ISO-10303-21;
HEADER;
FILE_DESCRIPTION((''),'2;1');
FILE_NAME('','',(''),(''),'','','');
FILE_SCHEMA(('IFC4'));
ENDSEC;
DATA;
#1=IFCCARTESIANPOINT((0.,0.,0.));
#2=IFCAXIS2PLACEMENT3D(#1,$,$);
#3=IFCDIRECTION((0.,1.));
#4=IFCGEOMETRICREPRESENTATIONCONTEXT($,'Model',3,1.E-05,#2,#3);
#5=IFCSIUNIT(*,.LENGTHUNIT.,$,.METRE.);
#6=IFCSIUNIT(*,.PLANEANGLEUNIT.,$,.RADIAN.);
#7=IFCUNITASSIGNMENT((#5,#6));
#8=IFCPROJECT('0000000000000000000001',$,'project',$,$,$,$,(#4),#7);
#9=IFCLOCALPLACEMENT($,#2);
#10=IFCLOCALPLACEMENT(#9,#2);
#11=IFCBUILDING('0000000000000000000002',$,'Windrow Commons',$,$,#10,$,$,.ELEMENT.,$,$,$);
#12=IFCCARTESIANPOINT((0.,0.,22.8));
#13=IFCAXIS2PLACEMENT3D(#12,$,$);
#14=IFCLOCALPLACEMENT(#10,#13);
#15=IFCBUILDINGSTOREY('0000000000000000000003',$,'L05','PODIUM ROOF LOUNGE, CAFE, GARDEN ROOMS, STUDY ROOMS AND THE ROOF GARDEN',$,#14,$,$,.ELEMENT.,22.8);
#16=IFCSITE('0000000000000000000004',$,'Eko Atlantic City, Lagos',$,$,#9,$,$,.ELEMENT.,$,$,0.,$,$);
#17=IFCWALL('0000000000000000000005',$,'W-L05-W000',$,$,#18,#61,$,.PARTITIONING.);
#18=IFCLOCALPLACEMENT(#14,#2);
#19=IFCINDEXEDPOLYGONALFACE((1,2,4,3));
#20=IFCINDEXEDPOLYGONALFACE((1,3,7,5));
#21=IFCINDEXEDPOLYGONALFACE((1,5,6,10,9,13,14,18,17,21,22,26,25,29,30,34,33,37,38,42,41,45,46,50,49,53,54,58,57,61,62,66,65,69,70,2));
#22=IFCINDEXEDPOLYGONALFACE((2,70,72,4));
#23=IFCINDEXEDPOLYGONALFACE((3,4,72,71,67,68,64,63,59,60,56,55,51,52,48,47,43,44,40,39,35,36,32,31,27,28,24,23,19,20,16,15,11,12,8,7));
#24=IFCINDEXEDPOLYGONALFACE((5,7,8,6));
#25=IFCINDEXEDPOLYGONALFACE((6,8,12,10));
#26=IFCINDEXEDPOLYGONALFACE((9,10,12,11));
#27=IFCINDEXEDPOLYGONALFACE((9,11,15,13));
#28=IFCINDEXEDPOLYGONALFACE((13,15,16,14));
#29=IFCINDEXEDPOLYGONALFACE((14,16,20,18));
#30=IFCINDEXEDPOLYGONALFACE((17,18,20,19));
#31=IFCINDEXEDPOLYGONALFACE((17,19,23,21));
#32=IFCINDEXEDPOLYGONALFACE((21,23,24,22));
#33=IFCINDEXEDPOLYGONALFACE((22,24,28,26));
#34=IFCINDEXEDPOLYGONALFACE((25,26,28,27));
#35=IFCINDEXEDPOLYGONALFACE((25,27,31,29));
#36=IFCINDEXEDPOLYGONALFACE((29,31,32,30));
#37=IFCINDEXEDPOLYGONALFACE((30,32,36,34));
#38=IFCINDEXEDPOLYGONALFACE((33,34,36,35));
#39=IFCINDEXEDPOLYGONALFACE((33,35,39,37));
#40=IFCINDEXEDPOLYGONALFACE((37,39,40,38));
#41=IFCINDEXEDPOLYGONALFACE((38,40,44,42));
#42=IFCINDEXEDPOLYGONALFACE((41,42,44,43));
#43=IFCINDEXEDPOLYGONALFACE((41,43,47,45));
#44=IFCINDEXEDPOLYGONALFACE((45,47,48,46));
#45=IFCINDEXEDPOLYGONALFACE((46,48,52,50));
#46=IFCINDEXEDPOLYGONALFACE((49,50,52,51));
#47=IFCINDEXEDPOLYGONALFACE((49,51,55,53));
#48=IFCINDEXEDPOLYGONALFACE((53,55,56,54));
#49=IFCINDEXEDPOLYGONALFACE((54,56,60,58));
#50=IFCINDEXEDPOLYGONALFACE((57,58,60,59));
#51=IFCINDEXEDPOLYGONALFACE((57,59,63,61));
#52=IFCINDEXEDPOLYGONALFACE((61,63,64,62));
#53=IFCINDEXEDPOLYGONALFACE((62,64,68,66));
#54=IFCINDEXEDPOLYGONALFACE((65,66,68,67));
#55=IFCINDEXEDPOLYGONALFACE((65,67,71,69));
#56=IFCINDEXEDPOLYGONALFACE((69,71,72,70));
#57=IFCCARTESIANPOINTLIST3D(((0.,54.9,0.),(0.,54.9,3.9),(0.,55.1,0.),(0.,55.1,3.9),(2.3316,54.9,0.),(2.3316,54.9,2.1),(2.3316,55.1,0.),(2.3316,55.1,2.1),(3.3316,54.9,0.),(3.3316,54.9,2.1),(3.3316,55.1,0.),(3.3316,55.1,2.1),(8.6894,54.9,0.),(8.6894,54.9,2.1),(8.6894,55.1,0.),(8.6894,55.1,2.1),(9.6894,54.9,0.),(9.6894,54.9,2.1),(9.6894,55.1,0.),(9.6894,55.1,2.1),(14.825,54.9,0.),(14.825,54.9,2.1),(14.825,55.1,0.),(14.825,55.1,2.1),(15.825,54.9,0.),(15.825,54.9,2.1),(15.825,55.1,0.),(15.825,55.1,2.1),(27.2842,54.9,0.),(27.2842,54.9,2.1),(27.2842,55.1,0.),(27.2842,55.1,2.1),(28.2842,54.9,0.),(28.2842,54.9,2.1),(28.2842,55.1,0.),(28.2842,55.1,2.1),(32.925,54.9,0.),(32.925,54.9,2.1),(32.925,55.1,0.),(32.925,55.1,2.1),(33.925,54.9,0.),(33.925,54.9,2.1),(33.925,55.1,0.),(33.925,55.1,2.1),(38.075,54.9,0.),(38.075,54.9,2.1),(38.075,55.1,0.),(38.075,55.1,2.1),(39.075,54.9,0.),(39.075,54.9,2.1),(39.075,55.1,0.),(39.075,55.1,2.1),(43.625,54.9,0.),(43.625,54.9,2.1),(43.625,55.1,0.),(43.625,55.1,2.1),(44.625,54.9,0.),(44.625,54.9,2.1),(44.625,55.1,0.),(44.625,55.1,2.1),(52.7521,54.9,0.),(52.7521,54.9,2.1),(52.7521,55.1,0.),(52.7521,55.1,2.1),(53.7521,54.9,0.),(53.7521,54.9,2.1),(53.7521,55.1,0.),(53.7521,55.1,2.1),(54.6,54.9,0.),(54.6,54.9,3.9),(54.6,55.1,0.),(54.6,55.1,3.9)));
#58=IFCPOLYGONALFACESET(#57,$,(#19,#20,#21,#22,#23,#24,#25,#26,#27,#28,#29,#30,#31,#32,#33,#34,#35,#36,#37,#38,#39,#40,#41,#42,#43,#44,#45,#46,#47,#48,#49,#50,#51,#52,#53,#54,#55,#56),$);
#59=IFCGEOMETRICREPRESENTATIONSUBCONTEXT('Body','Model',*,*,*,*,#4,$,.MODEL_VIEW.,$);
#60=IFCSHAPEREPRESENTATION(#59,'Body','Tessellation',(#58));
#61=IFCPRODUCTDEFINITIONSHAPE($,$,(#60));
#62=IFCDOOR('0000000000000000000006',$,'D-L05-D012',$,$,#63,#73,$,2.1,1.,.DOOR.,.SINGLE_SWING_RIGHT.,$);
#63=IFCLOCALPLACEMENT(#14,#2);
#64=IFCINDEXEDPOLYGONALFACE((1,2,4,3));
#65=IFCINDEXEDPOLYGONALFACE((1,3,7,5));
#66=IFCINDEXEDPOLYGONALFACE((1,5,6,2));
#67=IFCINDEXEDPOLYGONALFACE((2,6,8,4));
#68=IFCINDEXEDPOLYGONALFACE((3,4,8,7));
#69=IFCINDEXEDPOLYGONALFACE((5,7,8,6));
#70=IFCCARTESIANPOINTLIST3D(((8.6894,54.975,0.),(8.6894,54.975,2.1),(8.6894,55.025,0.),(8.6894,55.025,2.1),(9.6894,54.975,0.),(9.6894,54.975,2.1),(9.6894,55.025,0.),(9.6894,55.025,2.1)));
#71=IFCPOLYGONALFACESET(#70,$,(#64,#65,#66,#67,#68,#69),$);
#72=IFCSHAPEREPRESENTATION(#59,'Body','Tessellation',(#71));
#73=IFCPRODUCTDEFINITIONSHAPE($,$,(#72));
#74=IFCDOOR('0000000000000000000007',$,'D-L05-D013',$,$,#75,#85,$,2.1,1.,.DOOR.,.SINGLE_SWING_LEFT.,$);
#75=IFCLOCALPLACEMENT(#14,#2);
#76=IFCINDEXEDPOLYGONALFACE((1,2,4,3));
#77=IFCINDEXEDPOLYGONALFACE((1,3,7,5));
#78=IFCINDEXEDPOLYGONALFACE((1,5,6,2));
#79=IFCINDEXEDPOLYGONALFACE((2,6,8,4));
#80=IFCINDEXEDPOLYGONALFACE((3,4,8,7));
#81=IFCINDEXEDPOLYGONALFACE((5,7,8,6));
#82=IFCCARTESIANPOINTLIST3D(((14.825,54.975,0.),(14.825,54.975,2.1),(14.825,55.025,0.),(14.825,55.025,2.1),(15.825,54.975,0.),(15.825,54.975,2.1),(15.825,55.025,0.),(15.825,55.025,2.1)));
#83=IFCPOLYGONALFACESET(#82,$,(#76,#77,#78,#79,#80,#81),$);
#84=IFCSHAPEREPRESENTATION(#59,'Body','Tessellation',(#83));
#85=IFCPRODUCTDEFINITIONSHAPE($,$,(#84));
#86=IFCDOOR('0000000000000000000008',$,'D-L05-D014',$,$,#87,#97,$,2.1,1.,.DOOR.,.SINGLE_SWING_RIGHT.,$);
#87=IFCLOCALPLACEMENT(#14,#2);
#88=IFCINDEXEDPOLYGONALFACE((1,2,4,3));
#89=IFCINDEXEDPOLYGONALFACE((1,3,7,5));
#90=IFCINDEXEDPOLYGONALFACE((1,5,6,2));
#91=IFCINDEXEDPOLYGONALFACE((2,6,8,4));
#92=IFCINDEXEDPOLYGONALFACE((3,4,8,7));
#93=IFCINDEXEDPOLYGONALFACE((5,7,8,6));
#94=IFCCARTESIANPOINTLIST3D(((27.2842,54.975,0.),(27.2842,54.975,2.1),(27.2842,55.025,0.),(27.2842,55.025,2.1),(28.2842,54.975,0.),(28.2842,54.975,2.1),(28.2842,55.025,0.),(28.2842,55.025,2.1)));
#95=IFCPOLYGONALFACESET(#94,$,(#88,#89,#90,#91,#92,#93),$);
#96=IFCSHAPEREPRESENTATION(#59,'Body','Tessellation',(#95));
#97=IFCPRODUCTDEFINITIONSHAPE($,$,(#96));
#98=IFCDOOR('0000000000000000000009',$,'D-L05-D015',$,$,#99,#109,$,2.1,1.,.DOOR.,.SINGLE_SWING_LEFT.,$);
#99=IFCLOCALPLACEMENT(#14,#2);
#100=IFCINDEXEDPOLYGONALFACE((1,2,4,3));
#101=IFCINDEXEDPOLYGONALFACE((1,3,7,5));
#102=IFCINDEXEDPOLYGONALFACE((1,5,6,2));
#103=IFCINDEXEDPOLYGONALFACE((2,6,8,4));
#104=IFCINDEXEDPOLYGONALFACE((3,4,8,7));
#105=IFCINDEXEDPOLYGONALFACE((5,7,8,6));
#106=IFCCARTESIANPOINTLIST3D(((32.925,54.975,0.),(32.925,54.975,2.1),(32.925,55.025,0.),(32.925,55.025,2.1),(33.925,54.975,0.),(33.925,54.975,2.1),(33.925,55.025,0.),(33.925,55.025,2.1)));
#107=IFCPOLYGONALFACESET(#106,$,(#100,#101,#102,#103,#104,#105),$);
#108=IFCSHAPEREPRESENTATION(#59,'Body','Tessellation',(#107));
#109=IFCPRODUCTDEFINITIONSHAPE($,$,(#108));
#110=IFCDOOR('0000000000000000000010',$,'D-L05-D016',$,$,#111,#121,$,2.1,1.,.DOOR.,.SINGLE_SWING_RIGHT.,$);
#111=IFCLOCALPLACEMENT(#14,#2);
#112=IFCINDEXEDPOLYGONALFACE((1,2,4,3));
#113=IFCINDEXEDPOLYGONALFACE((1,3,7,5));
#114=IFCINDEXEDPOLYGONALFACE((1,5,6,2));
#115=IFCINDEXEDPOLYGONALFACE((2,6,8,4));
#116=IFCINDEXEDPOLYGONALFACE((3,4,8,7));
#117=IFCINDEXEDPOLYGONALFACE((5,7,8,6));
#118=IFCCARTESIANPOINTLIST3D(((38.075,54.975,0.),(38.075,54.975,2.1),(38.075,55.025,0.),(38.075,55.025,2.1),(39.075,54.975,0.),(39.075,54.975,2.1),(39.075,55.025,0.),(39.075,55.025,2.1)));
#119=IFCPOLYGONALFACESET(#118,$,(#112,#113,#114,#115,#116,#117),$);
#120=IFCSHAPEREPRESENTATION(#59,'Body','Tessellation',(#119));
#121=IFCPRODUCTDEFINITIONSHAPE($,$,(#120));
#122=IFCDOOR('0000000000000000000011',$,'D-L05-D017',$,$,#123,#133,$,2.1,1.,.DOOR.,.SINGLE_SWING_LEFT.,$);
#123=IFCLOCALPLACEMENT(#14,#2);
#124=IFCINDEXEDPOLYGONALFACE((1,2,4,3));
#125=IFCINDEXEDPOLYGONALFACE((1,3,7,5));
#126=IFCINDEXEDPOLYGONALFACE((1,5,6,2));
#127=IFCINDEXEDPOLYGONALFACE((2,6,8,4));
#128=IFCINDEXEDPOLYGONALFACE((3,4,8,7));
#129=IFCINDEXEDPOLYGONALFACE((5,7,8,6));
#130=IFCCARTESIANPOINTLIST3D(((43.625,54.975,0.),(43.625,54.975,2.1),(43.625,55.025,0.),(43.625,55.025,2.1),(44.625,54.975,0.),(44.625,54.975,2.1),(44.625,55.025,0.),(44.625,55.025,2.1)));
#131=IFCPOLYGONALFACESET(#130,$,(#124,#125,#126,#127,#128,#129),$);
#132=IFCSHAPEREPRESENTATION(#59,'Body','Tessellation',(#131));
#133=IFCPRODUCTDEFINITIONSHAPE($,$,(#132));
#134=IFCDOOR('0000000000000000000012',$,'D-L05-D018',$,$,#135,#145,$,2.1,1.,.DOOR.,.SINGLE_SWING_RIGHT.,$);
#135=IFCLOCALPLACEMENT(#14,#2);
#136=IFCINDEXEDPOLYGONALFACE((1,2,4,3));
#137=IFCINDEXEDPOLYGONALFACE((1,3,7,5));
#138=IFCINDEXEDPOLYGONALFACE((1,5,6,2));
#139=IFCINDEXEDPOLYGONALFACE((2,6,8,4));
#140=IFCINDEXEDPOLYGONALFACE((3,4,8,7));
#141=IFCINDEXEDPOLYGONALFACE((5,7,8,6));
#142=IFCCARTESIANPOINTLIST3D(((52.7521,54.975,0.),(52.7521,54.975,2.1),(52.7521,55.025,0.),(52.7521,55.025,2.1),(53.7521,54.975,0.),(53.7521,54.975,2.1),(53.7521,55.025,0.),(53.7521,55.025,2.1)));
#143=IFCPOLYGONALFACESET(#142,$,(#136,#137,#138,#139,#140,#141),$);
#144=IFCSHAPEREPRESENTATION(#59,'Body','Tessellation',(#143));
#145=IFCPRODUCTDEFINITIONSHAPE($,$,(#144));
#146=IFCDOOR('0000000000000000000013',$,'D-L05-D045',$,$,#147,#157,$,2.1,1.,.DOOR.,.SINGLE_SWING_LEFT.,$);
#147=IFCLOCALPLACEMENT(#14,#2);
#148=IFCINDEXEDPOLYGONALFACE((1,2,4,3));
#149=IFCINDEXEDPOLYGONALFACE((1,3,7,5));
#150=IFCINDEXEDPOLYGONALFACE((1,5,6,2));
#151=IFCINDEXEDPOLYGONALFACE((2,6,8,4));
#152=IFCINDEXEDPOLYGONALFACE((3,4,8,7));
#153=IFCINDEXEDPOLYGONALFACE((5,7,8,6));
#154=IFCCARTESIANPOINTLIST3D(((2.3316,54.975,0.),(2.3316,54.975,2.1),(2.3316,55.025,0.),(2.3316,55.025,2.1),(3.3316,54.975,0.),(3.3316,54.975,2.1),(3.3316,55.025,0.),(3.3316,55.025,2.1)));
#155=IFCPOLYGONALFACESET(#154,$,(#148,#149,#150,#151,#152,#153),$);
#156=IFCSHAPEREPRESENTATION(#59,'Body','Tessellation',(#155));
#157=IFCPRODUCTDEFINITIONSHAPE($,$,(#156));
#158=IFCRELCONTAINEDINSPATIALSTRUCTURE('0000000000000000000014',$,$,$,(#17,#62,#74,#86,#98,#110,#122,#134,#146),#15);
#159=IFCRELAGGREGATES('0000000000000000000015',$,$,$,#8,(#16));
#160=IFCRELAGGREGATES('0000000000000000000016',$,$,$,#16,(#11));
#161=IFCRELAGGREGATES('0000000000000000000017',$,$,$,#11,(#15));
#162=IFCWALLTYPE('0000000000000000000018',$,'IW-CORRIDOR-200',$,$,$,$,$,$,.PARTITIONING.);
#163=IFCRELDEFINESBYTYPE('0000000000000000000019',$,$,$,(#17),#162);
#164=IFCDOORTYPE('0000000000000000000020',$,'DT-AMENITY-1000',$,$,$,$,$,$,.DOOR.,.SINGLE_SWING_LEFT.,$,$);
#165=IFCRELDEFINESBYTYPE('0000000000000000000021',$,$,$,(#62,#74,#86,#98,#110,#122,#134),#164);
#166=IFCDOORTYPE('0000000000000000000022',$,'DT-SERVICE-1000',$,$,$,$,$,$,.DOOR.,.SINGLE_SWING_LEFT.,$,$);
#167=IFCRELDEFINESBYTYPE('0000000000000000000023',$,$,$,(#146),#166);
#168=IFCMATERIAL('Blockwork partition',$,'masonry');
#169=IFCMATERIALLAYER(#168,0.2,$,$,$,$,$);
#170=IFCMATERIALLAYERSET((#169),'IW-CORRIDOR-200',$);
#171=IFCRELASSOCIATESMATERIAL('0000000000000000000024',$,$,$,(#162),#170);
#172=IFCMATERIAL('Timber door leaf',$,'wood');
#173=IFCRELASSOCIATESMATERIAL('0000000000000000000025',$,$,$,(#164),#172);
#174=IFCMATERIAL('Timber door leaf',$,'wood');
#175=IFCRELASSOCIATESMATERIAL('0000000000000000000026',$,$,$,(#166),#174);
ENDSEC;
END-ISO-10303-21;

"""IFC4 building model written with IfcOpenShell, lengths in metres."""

from ifc_helpers import new_model, si_unit, direction, frame, frame_2d, origin, place, context, subcontext, project, spatial, rectangle, extrude, material, layer, layer_set, type_object, element, fill, save


model = new_model("IFC4")

# Units and contexts
model_context = context("Model", 3, precision=1e-05, world=origin(), true_north=direction((0.0, 1.0)))
body_context = subcontext(model_context, "Body", "Model", "MODEL_VIEW")
ifc_project = project(units=[si_unit("LENGTHUNIT", "METRE"), si_unit("PLANEANGLEUNIT", "RADIAN")], contexts=[model_context])

# Site, building, storey
site_placement = place(None, origin())
site = spatial("IfcSite", under=ifc_project, at=site_placement, Name="Eko Atlantic City, Lagos", CompositionType="ELEMENT", RefElevation=0.0)
building_placement = place(site_placement, origin())
building = spatial("IfcBuilding", under=site, at=building_placement, Name="Windrow Commons", CompositionType="ELEMENT")
storey_placement = place(building_placement, frame((0.0, 0.0, 22.8)))
storey = spatial("IfcBuildingStorey", under=building, at=storey_placement, Name="L05", Description="PODIUM ROOF LOUNGE, CAFE, GARDEN ROOMS, STUDY ROOMS AND THE ROOF GARDEN", CompositionType="ELEMENT", Elevation=22.8)

# Wall, openings, doors
ifc_material_1 = material(Name="Blockwork partition", Category="masonry")
ifc_layer_1 = layer(ifc_material_1, 0.2)
ifc_layer_set_1 = layer_set([ifc_layer_1], Name="IW-CORRIDOR-200")
wall_type_1 = type_object("IfcWallType", Name="IW-CORRIDOR-200", PredefinedType="PARTITIONING", material=ifc_layer_set_1)
wall_1_placement = place(storey_placement, frame((0.0, 55.0, 0.0), z_axis=(0.0, 0.0, 1.0), x_axis=(1.0, 0.0, 0.0)))
wall_1 = element("IfcWall", 1, at=wall_1_placement, inside=storey, type_object=wall_type_1, Name="W-L05-W000", PredefinedType="PARTITIONING", context=body_context, shape_type="SweptSolid", body=[
    extrude(rectangle(XDim=54.6, YDim=0.2, at=frame_2d((27.3, 0.0))), origin(), (0.0, 0.0, 1.0), 3.9),
])
opening_1_placement = place(wall_1_placement, frame((8.6894, 0.0, 0.0)))
opening_1 = element("IfcOpeningElement", 2, at=opening_1_placement, cuts=wall_1, PredefinedType="OPENING", context=body_context, shape_type="SweptSolid", body=[
    extrude(rectangle(XDim=1.0, YDim=2.1, at=frame_2d((0.5, 1.05))), frame((0.0, 0.11, 0.0), z_axis=(0.0, -1.0, 0.0), x_axis=(1.0, 0.0, 0.0)), (0.0, 0.0, 1.0), 0.22),
])
opening_2_placement = place(wall_1_placement, frame((14.825, 0.0, 0.0)))
opening_2 = element("IfcOpeningElement", 3, at=opening_2_placement, cuts=wall_1, PredefinedType="OPENING", context=body_context, shape_type="SweptSolid", body=[
    extrude(rectangle(XDim=1.0, YDim=2.1, at=frame_2d((0.5, 1.05))), frame((0.0, 0.11, 0.0), z_axis=(0.0, -1.0, 0.0), x_axis=(1.0, 0.0, 0.0)), (0.0, 0.0, 1.0), 0.22),
])
opening_3_placement = place(wall_1_placement, frame((27.2842, 0.0, 0.0)))
opening_3 = element("IfcOpeningElement", 4, at=opening_3_placement, cuts=wall_1, PredefinedType="OPENING", context=body_context, shape_type="SweptSolid", body=[
    extrude(rectangle(XDim=1.0, YDim=2.1, at=frame_2d((0.5, 1.05))), frame((0.0, 0.11, 0.0), z_axis=(0.0, -1.0, 0.0), x_axis=(1.0, 0.0, 0.0)), (0.0, 0.0, 1.0), 0.22),
])
opening_4_placement = place(wall_1_placement, frame((32.925, 0.0, 0.0)))
opening_4 = element("IfcOpeningElement", 5, at=opening_4_placement, cuts=wall_1, PredefinedType="OPENING", context=body_context, shape_type="SweptSolid", body=[
    extrude(rectangle(XDim=1.0, YDim=2.1, at=frame_2d((0.5, 1.05))), frame((0.0, 0.11, 0.0), z_axis=(0.0, -1.0, 0.0), x_axis=(1.0, 0.0, 0.0)), (0.0, 0.0, 1.0), 0.22),
])
opening_5_placement = place(wall_1_placement, frame((38.075, 0.0, 0.0)))
opening_5 = element("IfcOpeningElement", 6, at=opening_5_placement, cuts=wall_1, PredefinedType="OPENING", context=body_context, shape_type="SweptSolid", body=[
    extrude(rectangle(XDim=1.0, YDim=2.1, at=frame_2d((0.5, 1.05))), frame((0.0, 0.11, 0.0), z_axis=(0.0, -1.0, 0.0), x_axis=(1.0, 0.0, 0.0)), (0.0, 0.0, 1.0), 0.22),
])
opening_6_placement = place(wall_1_placement, frame((43.625, 0.0, 0.0)))
opening_6 = element("IfcOpeningElement", 7, at=opening_6_placement, cuts=wall_1, PredefinedType="OPENING", context=body_context, shape_type="SweptSolid", body=[
    extrude(rectangle(XDim=1.0, YDim=2.1, at=frame_2d((0.5, 1.05))), frame((0.0, 0.11, 0.0), z_axis=(0.0, -1.0, 0.0), x_axis=(1.0, 0.0, 0.0)), (0.0, 0.0, 1.0), 0.22),
])
opening_7_placement = place(wall_1_placement, frame((52.7521, 0.0, 0.0)))
opening_7 = element("IfcOpeningElement", 8, at=opening_7_placement, cuts=wall_1, PredefinedType="OPENING", context=body_context, shape_type="SweptSolid", body=[
    extrude(rectangle(XDim=1.0, YDim=2.1, at=frame_2d((0.5, 1.05))), frame((0.0, 0.11, 0.0), z_axis=(0.0, -1.0, 0.0), x_axis=(1.0, 0.0, 0.0)), (0.0, 0.0, 1.0), 0.22),
])
opening_8_placement = place(wall_1_placement, frame((2.3316, 0.0, 0.0)))
opening_8 = element("IfcOpeningElement", 9, at=opening_8_placement, cuts=wall_1, PredefinedType="OPENING", context=body_context, shape_type="SweptSolid", body=[
    extrude(rectangle(XDim=1.0, YDim=2.1, at=frame_2d((0.5, 1.05))), frame((0.0, 0.11, 0.0), z_axis=(0.0, -1.0, 0.0), x_axis=(1.0, 0.0, 0.0)), (0.0, 0.0, 1.0), 0.22),
])
ifc_material_2 = material(Name="Timber door leaf", Category="wood")
door_type_1 = type_object("IfcDoorType", Name="DT-AMENITY-1000", OperationType="SINGLE_SWING_LEFT", PredefinedType="DOOR", material=ifc_material_2)
door_1_placement = place(opening_1_placement, origin())
door_1 = element("IfcDoor", 10, at=door_1_placement, inside=storey, type_object=door_type_1, Name="D-L05-D012", OperationType="SINGLE_SWING_RIGHT", OverallHeight=2.1, OverallWidth=1.0, PredefinedType="DOOR", context=body_context, shape_type="SweptSolid", body=[
    extrude(rectangle(XDim=1.0, YDim=2.1, at=frame_2d((0.5, 1.05))), frame((0.0, 0.025, 0.0), z_axis=(0.0, -1.0, 0.0), x_axis=(1.0, 0.0, 0.0)), (0.0, 0.0, 1.0), 0.05),
])
fill(opening_1, door_1)
door_2_placement = place(opening_2_placement, origin())
door_2 = element("IfcDoor", 11, at=door_2_placement, inside=storey, type_object=door_type_1, Name="D-L05-D013", OperationType="SINGLE_SWING_LEFT", OverallHeight=2.1, OverallWidth=1.0, PredefinedType="DOOR", context=body_context, shape_type="SweptSolid", body=[
    extrude(rectangle(XDim=1.0, YDim=2.1, at=frame_2d((0.5, 1.05))), frame((0.0, 0.025, 0.0), z_axis=(0.0, -1.0, 0.0), x_axis=(1.0, 0.0, 0.0)), (0.0, 0.0, 1.0), 0.05),
])
fill(opening_2, door_2)
door_3_placement = place(opening_3_placement, origin())
door_3 = element("IfcDoor", 12, at=door_3_placement, inside=storey, type_object=door_type_1, Name="D-L05-D014", OperationType="SINGLE_SWING_RIGHT", OverallHeight=2.1, OverallWidth=1.0, PredefinedType="DOOR", context=body_context, shape_type="SweptSolid", body=[
    extrude(rectangle(XDim=1.0, YDim=2.1, at=frame_2d((0.5, 1.05))), frame((0.0, 0.025, 0.0), z_axis=(0.0, -1.0, 0.0), x_axis=(1.0, 0.0, 0.0)), (0.0, 0.0, 1.0), 0.05),
])
fill(opening_3, door_3)
door_4_placement = place(opening_4_placement, origin())
door_4 = element("IfcDoor", 13, at=door_4_placement, inside=storey, type_object=door_type_1, Name="D-L05-D015", OperationType="SINGLE_SWING_LEFT", OverallHeight=2.1, OverallWidth=1.0, PredefinedType="DOOR", context=body_context, shape_type="SweptSolid", body=[
    extrude(rectangle(XDim=1.0, YDim=2.1, at=frame_2d((0.5, 1.05))), frame((0.0, 0.025, 0.0), z_axis=(0.0, -1.0, 0.0), x_axis=(1.0, 0.0, 0.0)), (0.0, 0.0, 1.0), 0.05),
])
fill(opening_4, door_4)
door_5_placement = place(opening_5_placement, origin())
door_5 = element("IfcDoor", 14, at=door_5_placement, inside=storey, type_object=door_type_1, Name="D-L05-D016", OperationType="SINGLE_SWING_RIGHT", OverallHeight=2.1, OverallWidth=1.0, PredefinedType="DOOR", context=body_context, shape_type="SweptSolid", body=[
    extrude(rectangle(XDim=1.0, YDim=2.1, at=frame_2d((0.5, 1.05))), frame((0.0, 0.025, 0.0), z_axis=(0.0, -1.0, 0.0), x_axis=(1.0, 0.0, 0.0)), (0.0, 0.0, 1.0), 0.05),
])
fill(opening_5, door_5)
door_6_placement = place(opening_6_placement, origin())
door_6 = element("IfcDoor", 15, at=door_6_placement, inside=storey, type_object=door_type_1, Name="D-L05-D017", OperationType="SINGLE_SWING_LEFT", OverallHeight=2.1, OverallWidth=1.0, PredefinedType="DOOR", context=body_context, shape_type="SweptSolid", body=[
    extrude(rectangle(XDim=1.0, YDim=2.1, at=frame_2d((0.5, 1.05))), frame((0.0, 0.025, 0.0), z_axis=(0.0, -1.0, 0.0), x_axis=(1.0, 0.0, 0.0)), (0.0, 0.0, 1.0), 0.05),
])
fill(opening_6, door_6)
door_7_placement = place(opening_7_placement, origin())
door_7 = element("IfcDoor", 16, at=door_7_placement, inside=storey, type_object=door_type_1, Name="D-L05-D018", OperationType="SINGLE_SWING_RIGHT", OverallHeight=2.1, OverallWidth=1.0, PredefinedType="DOOR", context=body_context, shape_type="SweptSolid", body=[
    extrude(rectangle(XDim=1.0, YDim=2.1, at=frame_2d((0.5, 1.05))), frame((0.0, 0.025, 0.0), z_axis=(0.0, -1.0, 0.0), x_axis=(1.0, 0.0, 0.0)), (0.0, 0.0, 1.0), 0.05),
])
fill(opening_7, door_7)
ifc_material_3 = material(Name="Timber door leaf", Category="wood")
door_type_2 = type_object("IfcDoorType", Name="DT-SERVICE-1000", OperationType="SINGLE_SWING_LEFT", PredefinedType="DOOR", material=ifc_material_3)
door_8_placement = place(opening_8_placement, origin())
door_8 = element("IfcDoor", 17, at=door_8_placement, inside=storey, type_object=door_type_2, Name="D-L05-D045", OperationType="SINGLE_SWING_LEFT", OverallHeight=2.1, OverallWidth=1.0, PredefinedType="DOOR", context=body_context, shape_type="SweptSolid", body=[
    extrude(rectangle(XDim=1.0, YDim=2.1, at=frame_2d((0.5, 1.05))), frame((0.0, 0.025, 0.0), z_axis=(0.0, -1.0, 0.0), x_axis=(1.0, 0.0, 0.0)), (0.0, 0.0, 1.0), 0.05),
])
fill(opening_8, door_8)

save(model, "model.ifc")
